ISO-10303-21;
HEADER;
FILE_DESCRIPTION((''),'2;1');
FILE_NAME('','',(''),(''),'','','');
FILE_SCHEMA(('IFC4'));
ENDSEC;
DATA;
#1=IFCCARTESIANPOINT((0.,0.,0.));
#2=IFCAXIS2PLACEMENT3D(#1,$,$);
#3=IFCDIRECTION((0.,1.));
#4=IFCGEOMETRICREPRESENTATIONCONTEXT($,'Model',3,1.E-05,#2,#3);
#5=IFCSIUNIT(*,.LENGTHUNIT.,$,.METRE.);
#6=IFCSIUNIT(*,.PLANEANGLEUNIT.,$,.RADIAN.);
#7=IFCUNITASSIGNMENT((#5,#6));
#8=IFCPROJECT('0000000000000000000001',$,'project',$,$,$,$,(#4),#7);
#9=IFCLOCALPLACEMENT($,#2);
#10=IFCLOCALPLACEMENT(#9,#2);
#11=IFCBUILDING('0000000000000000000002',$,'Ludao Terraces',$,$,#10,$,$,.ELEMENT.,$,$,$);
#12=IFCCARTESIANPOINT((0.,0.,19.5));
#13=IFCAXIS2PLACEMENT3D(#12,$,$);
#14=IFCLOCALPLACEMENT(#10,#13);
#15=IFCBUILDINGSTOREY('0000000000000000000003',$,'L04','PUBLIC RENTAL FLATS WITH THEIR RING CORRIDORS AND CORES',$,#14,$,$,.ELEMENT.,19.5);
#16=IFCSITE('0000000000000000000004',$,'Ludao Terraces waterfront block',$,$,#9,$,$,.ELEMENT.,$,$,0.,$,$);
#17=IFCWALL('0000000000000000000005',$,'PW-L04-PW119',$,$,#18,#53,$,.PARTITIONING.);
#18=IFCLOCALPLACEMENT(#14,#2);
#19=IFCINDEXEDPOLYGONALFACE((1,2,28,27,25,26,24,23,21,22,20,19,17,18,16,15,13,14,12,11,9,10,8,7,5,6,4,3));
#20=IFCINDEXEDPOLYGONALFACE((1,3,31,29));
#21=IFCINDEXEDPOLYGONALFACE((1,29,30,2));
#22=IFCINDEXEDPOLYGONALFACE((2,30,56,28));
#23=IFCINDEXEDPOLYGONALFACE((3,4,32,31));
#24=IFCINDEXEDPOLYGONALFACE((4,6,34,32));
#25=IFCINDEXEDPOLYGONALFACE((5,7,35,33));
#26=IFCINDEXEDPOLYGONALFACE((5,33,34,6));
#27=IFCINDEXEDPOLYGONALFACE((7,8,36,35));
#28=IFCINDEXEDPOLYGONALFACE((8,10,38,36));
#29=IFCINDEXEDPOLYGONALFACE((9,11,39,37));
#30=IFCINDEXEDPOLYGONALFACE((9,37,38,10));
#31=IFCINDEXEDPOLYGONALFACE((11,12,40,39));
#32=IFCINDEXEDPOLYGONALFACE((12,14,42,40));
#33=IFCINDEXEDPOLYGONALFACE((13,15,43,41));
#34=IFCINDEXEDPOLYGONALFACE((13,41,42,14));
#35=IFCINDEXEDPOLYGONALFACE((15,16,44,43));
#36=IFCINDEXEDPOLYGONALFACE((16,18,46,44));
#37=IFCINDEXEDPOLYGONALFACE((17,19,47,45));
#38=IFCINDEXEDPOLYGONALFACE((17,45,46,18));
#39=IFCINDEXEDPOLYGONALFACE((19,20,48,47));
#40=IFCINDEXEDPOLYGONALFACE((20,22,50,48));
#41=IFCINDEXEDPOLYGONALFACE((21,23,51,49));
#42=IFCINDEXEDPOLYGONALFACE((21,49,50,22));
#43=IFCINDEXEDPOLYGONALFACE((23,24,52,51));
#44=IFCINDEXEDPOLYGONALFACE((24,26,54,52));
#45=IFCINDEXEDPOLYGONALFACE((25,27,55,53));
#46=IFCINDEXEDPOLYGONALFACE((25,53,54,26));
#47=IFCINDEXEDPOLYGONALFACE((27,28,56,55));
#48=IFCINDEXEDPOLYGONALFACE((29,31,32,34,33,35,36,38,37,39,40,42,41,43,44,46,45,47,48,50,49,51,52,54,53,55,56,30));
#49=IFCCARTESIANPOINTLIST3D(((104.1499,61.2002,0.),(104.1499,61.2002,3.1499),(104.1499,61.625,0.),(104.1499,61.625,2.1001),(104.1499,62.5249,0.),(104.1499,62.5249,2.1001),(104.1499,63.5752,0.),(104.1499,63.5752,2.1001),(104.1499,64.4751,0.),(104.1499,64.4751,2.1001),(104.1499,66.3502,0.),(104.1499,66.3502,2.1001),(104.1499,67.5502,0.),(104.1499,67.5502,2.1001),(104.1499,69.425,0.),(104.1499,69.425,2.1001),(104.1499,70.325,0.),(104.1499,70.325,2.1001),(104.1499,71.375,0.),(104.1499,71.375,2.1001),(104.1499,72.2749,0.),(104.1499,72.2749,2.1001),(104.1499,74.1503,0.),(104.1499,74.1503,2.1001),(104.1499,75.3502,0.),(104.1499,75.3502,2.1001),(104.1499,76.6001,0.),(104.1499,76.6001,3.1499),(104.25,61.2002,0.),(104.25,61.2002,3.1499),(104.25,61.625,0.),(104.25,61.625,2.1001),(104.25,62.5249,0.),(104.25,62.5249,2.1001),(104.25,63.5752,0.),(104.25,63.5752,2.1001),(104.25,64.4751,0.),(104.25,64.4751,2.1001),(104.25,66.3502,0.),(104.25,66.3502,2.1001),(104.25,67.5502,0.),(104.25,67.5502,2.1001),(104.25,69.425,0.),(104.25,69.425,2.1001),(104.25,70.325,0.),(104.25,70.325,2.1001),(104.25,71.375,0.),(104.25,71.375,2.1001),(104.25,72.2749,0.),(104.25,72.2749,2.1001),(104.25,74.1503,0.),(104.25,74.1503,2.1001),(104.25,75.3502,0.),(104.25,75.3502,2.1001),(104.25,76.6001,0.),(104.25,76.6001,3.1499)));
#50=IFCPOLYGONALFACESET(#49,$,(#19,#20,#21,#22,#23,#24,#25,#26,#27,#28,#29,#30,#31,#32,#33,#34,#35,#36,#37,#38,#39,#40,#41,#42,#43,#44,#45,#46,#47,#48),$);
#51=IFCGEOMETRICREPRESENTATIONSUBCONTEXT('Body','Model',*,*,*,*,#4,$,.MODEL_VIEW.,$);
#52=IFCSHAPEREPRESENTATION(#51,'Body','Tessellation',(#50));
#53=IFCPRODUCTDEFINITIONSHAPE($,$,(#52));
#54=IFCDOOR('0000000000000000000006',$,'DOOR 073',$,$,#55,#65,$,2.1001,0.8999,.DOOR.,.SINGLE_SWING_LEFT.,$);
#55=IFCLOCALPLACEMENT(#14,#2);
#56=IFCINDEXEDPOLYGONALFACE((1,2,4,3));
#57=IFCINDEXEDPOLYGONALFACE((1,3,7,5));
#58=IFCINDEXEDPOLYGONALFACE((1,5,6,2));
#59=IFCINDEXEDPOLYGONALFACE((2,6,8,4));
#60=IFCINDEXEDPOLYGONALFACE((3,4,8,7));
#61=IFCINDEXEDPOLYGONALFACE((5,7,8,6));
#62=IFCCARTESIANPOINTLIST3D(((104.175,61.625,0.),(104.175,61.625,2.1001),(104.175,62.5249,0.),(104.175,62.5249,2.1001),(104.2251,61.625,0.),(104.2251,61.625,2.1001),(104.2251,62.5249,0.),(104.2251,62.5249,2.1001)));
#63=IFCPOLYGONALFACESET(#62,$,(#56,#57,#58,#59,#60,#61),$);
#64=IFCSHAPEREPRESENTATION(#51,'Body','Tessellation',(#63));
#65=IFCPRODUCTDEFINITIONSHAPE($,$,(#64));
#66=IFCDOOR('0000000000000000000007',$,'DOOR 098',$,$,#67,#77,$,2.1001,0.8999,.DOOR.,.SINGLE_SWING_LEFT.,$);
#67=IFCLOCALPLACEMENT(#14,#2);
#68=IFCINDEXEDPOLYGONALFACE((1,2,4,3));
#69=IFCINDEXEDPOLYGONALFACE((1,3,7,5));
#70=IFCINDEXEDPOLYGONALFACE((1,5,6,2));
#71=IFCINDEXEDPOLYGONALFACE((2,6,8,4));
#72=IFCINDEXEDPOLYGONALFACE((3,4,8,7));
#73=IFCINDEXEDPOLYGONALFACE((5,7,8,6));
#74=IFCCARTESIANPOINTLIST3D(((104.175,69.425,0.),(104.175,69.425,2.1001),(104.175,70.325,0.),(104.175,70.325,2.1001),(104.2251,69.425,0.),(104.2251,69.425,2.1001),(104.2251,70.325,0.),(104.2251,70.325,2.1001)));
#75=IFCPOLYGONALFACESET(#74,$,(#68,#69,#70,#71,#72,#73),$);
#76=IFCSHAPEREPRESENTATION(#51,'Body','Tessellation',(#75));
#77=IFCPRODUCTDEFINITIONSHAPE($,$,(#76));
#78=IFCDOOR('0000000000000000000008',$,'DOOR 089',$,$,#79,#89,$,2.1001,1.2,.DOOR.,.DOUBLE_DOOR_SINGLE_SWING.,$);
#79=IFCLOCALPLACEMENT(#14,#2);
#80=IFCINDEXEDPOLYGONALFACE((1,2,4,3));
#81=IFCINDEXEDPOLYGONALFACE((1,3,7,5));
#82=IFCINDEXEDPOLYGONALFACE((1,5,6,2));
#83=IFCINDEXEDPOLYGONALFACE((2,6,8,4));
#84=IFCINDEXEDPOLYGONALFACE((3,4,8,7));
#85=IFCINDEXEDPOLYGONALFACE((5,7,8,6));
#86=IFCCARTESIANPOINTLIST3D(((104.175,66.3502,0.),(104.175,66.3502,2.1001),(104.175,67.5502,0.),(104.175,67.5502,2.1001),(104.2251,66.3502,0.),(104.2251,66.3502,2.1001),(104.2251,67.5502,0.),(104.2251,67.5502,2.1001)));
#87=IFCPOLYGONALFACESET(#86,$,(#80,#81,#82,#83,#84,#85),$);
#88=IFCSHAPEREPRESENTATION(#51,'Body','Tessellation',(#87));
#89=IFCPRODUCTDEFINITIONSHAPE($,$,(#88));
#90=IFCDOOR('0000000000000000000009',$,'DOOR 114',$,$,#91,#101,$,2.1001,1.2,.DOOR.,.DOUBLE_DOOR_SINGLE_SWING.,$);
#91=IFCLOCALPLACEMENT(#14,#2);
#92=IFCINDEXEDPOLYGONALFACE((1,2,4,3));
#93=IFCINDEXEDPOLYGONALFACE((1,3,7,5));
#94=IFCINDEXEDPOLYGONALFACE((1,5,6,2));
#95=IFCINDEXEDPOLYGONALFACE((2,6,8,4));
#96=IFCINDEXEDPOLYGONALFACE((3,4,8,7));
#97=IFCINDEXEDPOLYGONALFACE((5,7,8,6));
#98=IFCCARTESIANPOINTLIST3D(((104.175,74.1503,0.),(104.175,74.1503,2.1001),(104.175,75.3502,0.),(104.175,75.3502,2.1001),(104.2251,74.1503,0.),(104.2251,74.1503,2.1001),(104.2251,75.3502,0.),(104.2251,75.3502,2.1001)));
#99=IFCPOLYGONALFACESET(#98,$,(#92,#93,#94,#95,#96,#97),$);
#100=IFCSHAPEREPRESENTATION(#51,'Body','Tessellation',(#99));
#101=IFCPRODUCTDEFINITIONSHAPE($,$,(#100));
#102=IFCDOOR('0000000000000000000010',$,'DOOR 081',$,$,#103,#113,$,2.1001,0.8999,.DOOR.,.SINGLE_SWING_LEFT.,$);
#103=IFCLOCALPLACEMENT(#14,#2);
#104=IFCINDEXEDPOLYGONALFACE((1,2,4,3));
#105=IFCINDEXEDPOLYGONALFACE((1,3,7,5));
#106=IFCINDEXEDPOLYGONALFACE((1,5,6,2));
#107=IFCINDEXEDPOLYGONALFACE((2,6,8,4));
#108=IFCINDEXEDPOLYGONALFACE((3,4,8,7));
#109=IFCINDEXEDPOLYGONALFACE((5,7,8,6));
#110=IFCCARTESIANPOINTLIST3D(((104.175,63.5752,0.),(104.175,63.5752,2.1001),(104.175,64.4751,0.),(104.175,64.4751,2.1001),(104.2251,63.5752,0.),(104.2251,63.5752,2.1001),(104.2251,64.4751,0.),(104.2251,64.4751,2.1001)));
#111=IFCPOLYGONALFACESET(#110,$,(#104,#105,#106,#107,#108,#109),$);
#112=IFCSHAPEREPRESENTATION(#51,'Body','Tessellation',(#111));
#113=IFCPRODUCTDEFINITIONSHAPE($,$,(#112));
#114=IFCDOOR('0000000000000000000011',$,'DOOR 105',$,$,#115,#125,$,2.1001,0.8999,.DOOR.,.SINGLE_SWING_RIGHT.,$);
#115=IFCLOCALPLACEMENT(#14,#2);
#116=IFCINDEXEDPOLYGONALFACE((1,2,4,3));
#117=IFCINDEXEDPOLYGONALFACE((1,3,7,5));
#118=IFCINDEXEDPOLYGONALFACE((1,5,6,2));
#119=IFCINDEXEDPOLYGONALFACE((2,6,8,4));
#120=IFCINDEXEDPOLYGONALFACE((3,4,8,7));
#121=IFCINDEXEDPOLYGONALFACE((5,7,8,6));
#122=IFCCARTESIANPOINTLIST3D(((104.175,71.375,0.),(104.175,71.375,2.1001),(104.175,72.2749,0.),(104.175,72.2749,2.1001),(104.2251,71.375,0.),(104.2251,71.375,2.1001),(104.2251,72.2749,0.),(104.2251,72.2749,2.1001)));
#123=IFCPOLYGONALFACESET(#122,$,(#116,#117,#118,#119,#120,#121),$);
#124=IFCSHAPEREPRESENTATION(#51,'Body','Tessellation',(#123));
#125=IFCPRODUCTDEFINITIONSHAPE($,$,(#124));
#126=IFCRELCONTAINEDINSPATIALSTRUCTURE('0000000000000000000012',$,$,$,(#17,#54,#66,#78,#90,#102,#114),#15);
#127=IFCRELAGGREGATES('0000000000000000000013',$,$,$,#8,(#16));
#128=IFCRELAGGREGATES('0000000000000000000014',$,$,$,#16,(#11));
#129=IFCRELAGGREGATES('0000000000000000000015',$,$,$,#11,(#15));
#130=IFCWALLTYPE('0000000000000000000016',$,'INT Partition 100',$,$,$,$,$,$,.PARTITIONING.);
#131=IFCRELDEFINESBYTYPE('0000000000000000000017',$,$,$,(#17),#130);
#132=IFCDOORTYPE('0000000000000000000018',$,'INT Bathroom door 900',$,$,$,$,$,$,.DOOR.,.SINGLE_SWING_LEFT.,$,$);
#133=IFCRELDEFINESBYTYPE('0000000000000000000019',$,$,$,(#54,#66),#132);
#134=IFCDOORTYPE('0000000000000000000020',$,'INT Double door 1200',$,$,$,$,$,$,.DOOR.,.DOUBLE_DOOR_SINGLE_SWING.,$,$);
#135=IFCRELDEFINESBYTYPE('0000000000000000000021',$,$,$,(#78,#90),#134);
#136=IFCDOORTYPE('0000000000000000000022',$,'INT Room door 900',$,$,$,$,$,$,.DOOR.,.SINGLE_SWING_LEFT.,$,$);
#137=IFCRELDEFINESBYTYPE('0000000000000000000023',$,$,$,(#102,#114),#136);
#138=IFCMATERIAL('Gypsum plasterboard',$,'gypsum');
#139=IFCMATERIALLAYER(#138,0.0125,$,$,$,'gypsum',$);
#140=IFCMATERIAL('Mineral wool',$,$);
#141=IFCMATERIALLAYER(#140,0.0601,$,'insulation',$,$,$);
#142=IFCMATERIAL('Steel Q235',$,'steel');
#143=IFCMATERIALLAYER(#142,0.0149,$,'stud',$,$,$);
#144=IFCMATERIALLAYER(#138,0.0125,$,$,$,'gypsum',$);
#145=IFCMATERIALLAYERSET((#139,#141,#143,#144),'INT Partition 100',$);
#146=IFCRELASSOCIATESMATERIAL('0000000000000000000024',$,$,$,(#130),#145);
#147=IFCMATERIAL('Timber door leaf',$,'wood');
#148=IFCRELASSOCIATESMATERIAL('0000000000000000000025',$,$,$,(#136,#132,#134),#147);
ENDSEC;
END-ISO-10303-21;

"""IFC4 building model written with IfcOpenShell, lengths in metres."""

from ifc_helpers import new_model, si_unit, direction, frame, frame_2d, origin, place, context, subcontext, project, spatial, rectangle, extrude, material, layer, layer_set, type_object, element, fill, save


model = new_model("IFC4")

# Units and contexts
model_context = context("Model", 3, precision=1e-05, world=origin(), true_north=direction((0.0, 1.0)))
body_context = subcontext(model_context, "Body", "Model", "MODEL_VIEW")
ifc_project = project(units=[si_unit("LENGTHUNIT", "METRE"), si_unit("PLANEANGLEUNIT", "RADIAN")], contexts=[model_context])

# Site, building, storey
site_placement = place(None, origin())
site = spatial("IfcSite", under=ifc_project, at=site_placement, Name="Ludao Terraces waterfront block", CompositionType="ELEMENT", RefElevation=0.0)
building_placement = place(site_placement, origin())
building = spatial("IfcBuilding", under=site, at=building_placement, Name="Ludao Terraces", CompositionType="ELEMENT")
storey_placement = place(building_placement, frame((0.0, 0.0, 19.5)))
storey = spatial("IfcBuildingStorey", under=building, at=storey_placement, Name="L04", Description="PUBLIC RENTAL FLATS WITH THEIR RING CORRIDORS AND CORES", CompositionType="ELEMENT", Elevation=19.5)

# Shared definitions
ifc_material_1 = material(Name="Gypsum plasterboard", Category="gypsum")
ifc_layer_1 = layer(ifc_material_1, 0.0125, Category="gypsum")
ifc_material_2 = material(Name="Mineral wool")
ifc_layer_2 = layer(ifc_material_2, 0.0601, Name="insulation")
ifc_material_3 = material(Name="Steel Q235", Category="steel")
ifc_layer_3 = layer(ifc_material_3, 0.0149, Name="stud")
ifc_layer_4 = layer(ifc_material_1, 0.0125, Category="gypsum")
ifc_layer_set = layer_set([ifc_layer_1, ifc_layer_2, ifc_layer_3, ifc_layer_4], Name="INT Partition 100")
wall_type = type_object("IfcWallType", Name="INT Partition 100", PredefinedType="PARTITIONING", material=ifc_layer_set)

# Wall, openings, doors
ifc_material_4 = material(Name="Timber door leaf", Category="wood")
door_type_1 = type_object("IfcDoorType", Name="INT Room door 900", OperationType="SINGLE_SWING_LEFT", PredefinedType="DOOR", material=ifc_material_4)
door_type_2 = type_object("IfcDoorType", Name="INT Bathroom door 900", OperationType="SINGLE_SWING_LEFT", PredefinedType="DOOR", material=ifc_material_4)
wall_1_placement = place(storey_placement, frame((104.2, 61.2002, 0.0), z_axis=(0.0, 0.0, 1.0), x_axis=(0.0, 1.0, 0.0)))
wall_1 = element("IfcWall", 1, at=wall_1_placement, inside=storey, type_object=wall_type, Name="PW-L04-PW119", PredefinedType="PARTITIONING", context=body_context, shape_type="SweptSolid", body=[
    extrude(rectangle(XDim=15.3999, YDim=0.1001, at=frame_2d((7.7, 0.0))), origin(), (0.0, 0.0, 1.0), 3.1499),
])
opening_1_placement = place(wall_1_placement, frame((0.4248, 0.0, 0.0)))
opening_1 = element("IfcOpeningElement", 2, at=opening_1_placement, cuts=wall_1, PredefinedType="OPENING", context=body_context, shape_type="SweptSolid", body=[
    extrude(rectangle(XDim=0.8999, YDim=2.1001, at=frame_2d((0.45, 1.05))), frame((0.0, 0.0601, 0.0), z_axis=(0.0, -1.0, 0.0), x_axis=(1.0, 0.0, 0.0)), (0.0, 0.0, 1.0), 0.1201),
])
opening_2_placement = place(wall_1_placement, frame((2.375, 0.0, 0.0)))
opening_2 = element("IfcOpeningElement", 3, at=opening_2_placement, cuts=wall_1, PredefinedType="OPENING", context=body_context, shape_type="SweptSolid", body=[
    extrude(rectangle(XDim=0.8999, YDim=2.1001, at=frame_2d((0.45, 1.05))), frame((0.0, 0.0601, 0.0), z_axis=(0.0, -1.0, 0.0), x_axis=(1.0, 0.0, 0.0)), (0.0, 0.0, 1.0), 0.1201),
])
opening_3_placement = place(wall_1_placement, frame((5.1499, 0.0, 0.0)))
opening_3 = element("IfcOpeningElement", 4, at=opening_3_placement, cuts=wall_1, PredefinedType="OPENING", context=body_context, shape_type="SweptSolid", body=[
    extrude(rectangle(XDim=1.2, YDim=2.1001, at=frame_2d((0.6001, 1.05))), frame((0.0, 0.0601, 0.0), z_axis=(0.0, -1.0, 0.0), x_axis=(1.0, 0.0, 0.0)), (0.0, 0.0, 1.0), 0.1201),
])
opening_4_placement = place(wall_1_placement, frame((8.2249, 0.0, 0.0)))
opening_4 = element("IfcOpeningElement", 5, at=opening_4_placement, cuts=wall_1, PredefinedType="OPENING", context=body_context, shape_type="SweptSolid", body=[
    extrude(rectangle(XDim=0.8999, YDim=2.1001, at=frame_2d((0.45, 1.05))), frame((0.0, 0.0601, 0.0), z_axis=(0.0, -1.0, 0.0), x_axis=(1.0, 0.0, 0.0)), (0.0, 0.0, 1.0), 0.1201),
])
opening_5_placement = place(wall_1_placement, frame((10.1748, 0.0, 0.0)))
opening_5 = element("IfcOpeningElement", 6, at=opening_5_placement, cuts=wall_1, PredefinedType="OPENING", context=body_context, shape_type="SweptSolid", body=[
    extrude(rectangle(XDim=0.8999, YDim=2.1001, at=frame_2d((0.45, 1.05))), frame((0.0, 0.0601, 0.0), z_axis=(0.0, -1.0, 0.0), x_axis=(1.0, 0.0, 0.0)), (0.0, 0.0, 1.0), 0.1201),
])
opening_6_placement = place(wall_1_placement, frame((12.95, 0.0, 0.0)))
opening_6 = element("IfcOpeningElement", 7, at=opening_6_placement, cuts=wall_1, PredefinedType="OPENING", context=body_context, shape_type="SweptSolid", body=[
    extrude(rectangle(XDim=1.2, YDim=2.1001, at=frame_2d((0.6001, 1.05))), frame((0.0, 0.0601, 0.0), z_axis=(0.0, -1.0, 0.0), x_axis=(1.0, 0.0, 0.0)), (0.0, 0.0, 1.0), 0.1201),
])
door_1_placement = place(opening_1_placement, origin())
door_1 = element("IfcDoor", 8, at=door_1_placement, inside=storey, type_object=door_type_2, Name="DOOR 073", OperationType="SINGLE_SWING_LEFT", OverallHeight=2.1001, OverallWidth=0.8999, PredefinedType="DOOR", context=body_context, shape_type="SweptSolid", body=[
    extrude(rectangle(XDim=0.8999, YDim=2.1001, at=frame_2d((0.45, 1.05))), frame((0.0, 0.0249, 0.0), z_axis=(0.0, -1.0, 0.0), x_axis=(1.0, 0.0, 0.0)), (0.0, 0.0, 1.0), 0.05),
])
fill(opening_1, door_1)
door_2_placement = place(opening_4_placement, origin())
door_2 = element("IfcDoor", 9, at=door_2_placement, inside=storey, type_object=door_type_2, Name="DOOR 098", OperationType="SINGLE_SWING_LEFT", OverallHeight=2.1001, OverallWidth=0.8999, PredefinedType="DOOR", context=body_context, shape_type="SweptSolid", body=[
    extrude(rectangle(XDim=0.8999, YDim=2.1001, at=frame_2d((0.45, 1.05))), frame((0.0, 0.0249, 0.0), z_axis=(0.0, -1.0, 0.0), x_axis=(1.0, 0.0, 0.0)), (0.0, 0.0, 1.0), 0.05),
])
fill(opening_4, door_2)
door_type_3 = type_object("IfcDoorType", Name="INT Double door 1200", OperationType="DOUBLE_DOOR_SINGLE_SWING", PredefinedType="DOOR", material=ifc_material_4)
door_3_placement = place(opening_3_placement, origin())
door_3 = element("IfcDoor", 10, at=door_3_placement, inside=storey, type_object=door_type_3, Name="DOOR 089", OperationType="DOUBLE_DOOR_SINGLE_SWING", OverallHeight=2.1001, OverallWidth=1.2, PredefinedType="DOOR", context=body_context, shape_type="SweptSolid", body=[
    extrude(rectangle(XDim=1.2, YDim=2.1001, at=frame_2d((0.6001, 1.05))), frame((0.0, 0.0249, 0.0), z_axis=(0.0, -1.0, 0.0), x_axis=(1.0, 0.0, 0.0)), (0.0, 0.0, 1.0), 0.05),
])
fill(opening_3, door_3)
door_4_placement = place(opening_6_placement, origin())
door_4 = element("IfcDoor", 11, at=door_4_placement, inside=storey, type_object=door_type_3, Name="DOOR 114", OperationType="DOUBLE_DOOR_SINGLE_SWING", OverallHeight=2.1001, OverallWidth=1.2, PredefinedType="DOOR", context=body_context, shape_type="SweptSolid", body=[
    extrude(rectangle(XDim=1.2, YDim=2.1001, at=frame_2d((0.6001, 1.05))), frame((0.0, 0.0249, 0.0), z_axis=(0.0, -1.0, 0.0), x_axis=(1.0, 0.0, 0.0)), (0.0, 0.0, 1.0), 0.05),
])
fill(opening_6, door_4)
door_5_placement = place(opening_2_placement, origin())
door_5 = element("IfcDoor", 12, at=door_5_placement, inside=storey, type_object=door_type_1, Name="DOOR 081", OperationType="SINGLE_SWING_LEFT", OverallHeight=2.1001, OverallWidth=0.8999, PredefinedType="DOOR", context=body_context, shape_type="SweptSolid", body=[
    extrude(rectangle(XDim=0.8999, YDim=2.1001, at=frame_2d((0.45, 1.05))), frame((0.0, 0.0249, 0.0), z_axis=(0.0, -1.0, 0.0), x_axis=(1.0, 0.0, 0.0)), (0.0, 0.0, 1.0), 0.05),
])
fill(opening_2, door_5)
door_6_placement = place(opening_5_placement, origin())
door_6 = element("IfcDoor", 13, at=door_6_placement, inside=storey, type_object=door_type_1, Name="DOOR 105", OperationType="SINGLE_SWING_RIGHT", OverallHeight=2.1001, OverallWidth=0.8999, PredefinedType="DOOR", context=body_context, shape_type="SweptSolid", body=[
    extrude(rectangle(XDim=0.8999, YDim=2.1001, at=frame_2d((0.45, 1.05))), frame((0.0, 0.0249, 0.0), z_axis=(0.0, -1.0, 0.0), x_axis=(1.0, 0.0, 0.0)), (0.0, 0.0, 1.0), 0.05),
])
fill(opening_5, door_6)

save(model, "model.ifc")
